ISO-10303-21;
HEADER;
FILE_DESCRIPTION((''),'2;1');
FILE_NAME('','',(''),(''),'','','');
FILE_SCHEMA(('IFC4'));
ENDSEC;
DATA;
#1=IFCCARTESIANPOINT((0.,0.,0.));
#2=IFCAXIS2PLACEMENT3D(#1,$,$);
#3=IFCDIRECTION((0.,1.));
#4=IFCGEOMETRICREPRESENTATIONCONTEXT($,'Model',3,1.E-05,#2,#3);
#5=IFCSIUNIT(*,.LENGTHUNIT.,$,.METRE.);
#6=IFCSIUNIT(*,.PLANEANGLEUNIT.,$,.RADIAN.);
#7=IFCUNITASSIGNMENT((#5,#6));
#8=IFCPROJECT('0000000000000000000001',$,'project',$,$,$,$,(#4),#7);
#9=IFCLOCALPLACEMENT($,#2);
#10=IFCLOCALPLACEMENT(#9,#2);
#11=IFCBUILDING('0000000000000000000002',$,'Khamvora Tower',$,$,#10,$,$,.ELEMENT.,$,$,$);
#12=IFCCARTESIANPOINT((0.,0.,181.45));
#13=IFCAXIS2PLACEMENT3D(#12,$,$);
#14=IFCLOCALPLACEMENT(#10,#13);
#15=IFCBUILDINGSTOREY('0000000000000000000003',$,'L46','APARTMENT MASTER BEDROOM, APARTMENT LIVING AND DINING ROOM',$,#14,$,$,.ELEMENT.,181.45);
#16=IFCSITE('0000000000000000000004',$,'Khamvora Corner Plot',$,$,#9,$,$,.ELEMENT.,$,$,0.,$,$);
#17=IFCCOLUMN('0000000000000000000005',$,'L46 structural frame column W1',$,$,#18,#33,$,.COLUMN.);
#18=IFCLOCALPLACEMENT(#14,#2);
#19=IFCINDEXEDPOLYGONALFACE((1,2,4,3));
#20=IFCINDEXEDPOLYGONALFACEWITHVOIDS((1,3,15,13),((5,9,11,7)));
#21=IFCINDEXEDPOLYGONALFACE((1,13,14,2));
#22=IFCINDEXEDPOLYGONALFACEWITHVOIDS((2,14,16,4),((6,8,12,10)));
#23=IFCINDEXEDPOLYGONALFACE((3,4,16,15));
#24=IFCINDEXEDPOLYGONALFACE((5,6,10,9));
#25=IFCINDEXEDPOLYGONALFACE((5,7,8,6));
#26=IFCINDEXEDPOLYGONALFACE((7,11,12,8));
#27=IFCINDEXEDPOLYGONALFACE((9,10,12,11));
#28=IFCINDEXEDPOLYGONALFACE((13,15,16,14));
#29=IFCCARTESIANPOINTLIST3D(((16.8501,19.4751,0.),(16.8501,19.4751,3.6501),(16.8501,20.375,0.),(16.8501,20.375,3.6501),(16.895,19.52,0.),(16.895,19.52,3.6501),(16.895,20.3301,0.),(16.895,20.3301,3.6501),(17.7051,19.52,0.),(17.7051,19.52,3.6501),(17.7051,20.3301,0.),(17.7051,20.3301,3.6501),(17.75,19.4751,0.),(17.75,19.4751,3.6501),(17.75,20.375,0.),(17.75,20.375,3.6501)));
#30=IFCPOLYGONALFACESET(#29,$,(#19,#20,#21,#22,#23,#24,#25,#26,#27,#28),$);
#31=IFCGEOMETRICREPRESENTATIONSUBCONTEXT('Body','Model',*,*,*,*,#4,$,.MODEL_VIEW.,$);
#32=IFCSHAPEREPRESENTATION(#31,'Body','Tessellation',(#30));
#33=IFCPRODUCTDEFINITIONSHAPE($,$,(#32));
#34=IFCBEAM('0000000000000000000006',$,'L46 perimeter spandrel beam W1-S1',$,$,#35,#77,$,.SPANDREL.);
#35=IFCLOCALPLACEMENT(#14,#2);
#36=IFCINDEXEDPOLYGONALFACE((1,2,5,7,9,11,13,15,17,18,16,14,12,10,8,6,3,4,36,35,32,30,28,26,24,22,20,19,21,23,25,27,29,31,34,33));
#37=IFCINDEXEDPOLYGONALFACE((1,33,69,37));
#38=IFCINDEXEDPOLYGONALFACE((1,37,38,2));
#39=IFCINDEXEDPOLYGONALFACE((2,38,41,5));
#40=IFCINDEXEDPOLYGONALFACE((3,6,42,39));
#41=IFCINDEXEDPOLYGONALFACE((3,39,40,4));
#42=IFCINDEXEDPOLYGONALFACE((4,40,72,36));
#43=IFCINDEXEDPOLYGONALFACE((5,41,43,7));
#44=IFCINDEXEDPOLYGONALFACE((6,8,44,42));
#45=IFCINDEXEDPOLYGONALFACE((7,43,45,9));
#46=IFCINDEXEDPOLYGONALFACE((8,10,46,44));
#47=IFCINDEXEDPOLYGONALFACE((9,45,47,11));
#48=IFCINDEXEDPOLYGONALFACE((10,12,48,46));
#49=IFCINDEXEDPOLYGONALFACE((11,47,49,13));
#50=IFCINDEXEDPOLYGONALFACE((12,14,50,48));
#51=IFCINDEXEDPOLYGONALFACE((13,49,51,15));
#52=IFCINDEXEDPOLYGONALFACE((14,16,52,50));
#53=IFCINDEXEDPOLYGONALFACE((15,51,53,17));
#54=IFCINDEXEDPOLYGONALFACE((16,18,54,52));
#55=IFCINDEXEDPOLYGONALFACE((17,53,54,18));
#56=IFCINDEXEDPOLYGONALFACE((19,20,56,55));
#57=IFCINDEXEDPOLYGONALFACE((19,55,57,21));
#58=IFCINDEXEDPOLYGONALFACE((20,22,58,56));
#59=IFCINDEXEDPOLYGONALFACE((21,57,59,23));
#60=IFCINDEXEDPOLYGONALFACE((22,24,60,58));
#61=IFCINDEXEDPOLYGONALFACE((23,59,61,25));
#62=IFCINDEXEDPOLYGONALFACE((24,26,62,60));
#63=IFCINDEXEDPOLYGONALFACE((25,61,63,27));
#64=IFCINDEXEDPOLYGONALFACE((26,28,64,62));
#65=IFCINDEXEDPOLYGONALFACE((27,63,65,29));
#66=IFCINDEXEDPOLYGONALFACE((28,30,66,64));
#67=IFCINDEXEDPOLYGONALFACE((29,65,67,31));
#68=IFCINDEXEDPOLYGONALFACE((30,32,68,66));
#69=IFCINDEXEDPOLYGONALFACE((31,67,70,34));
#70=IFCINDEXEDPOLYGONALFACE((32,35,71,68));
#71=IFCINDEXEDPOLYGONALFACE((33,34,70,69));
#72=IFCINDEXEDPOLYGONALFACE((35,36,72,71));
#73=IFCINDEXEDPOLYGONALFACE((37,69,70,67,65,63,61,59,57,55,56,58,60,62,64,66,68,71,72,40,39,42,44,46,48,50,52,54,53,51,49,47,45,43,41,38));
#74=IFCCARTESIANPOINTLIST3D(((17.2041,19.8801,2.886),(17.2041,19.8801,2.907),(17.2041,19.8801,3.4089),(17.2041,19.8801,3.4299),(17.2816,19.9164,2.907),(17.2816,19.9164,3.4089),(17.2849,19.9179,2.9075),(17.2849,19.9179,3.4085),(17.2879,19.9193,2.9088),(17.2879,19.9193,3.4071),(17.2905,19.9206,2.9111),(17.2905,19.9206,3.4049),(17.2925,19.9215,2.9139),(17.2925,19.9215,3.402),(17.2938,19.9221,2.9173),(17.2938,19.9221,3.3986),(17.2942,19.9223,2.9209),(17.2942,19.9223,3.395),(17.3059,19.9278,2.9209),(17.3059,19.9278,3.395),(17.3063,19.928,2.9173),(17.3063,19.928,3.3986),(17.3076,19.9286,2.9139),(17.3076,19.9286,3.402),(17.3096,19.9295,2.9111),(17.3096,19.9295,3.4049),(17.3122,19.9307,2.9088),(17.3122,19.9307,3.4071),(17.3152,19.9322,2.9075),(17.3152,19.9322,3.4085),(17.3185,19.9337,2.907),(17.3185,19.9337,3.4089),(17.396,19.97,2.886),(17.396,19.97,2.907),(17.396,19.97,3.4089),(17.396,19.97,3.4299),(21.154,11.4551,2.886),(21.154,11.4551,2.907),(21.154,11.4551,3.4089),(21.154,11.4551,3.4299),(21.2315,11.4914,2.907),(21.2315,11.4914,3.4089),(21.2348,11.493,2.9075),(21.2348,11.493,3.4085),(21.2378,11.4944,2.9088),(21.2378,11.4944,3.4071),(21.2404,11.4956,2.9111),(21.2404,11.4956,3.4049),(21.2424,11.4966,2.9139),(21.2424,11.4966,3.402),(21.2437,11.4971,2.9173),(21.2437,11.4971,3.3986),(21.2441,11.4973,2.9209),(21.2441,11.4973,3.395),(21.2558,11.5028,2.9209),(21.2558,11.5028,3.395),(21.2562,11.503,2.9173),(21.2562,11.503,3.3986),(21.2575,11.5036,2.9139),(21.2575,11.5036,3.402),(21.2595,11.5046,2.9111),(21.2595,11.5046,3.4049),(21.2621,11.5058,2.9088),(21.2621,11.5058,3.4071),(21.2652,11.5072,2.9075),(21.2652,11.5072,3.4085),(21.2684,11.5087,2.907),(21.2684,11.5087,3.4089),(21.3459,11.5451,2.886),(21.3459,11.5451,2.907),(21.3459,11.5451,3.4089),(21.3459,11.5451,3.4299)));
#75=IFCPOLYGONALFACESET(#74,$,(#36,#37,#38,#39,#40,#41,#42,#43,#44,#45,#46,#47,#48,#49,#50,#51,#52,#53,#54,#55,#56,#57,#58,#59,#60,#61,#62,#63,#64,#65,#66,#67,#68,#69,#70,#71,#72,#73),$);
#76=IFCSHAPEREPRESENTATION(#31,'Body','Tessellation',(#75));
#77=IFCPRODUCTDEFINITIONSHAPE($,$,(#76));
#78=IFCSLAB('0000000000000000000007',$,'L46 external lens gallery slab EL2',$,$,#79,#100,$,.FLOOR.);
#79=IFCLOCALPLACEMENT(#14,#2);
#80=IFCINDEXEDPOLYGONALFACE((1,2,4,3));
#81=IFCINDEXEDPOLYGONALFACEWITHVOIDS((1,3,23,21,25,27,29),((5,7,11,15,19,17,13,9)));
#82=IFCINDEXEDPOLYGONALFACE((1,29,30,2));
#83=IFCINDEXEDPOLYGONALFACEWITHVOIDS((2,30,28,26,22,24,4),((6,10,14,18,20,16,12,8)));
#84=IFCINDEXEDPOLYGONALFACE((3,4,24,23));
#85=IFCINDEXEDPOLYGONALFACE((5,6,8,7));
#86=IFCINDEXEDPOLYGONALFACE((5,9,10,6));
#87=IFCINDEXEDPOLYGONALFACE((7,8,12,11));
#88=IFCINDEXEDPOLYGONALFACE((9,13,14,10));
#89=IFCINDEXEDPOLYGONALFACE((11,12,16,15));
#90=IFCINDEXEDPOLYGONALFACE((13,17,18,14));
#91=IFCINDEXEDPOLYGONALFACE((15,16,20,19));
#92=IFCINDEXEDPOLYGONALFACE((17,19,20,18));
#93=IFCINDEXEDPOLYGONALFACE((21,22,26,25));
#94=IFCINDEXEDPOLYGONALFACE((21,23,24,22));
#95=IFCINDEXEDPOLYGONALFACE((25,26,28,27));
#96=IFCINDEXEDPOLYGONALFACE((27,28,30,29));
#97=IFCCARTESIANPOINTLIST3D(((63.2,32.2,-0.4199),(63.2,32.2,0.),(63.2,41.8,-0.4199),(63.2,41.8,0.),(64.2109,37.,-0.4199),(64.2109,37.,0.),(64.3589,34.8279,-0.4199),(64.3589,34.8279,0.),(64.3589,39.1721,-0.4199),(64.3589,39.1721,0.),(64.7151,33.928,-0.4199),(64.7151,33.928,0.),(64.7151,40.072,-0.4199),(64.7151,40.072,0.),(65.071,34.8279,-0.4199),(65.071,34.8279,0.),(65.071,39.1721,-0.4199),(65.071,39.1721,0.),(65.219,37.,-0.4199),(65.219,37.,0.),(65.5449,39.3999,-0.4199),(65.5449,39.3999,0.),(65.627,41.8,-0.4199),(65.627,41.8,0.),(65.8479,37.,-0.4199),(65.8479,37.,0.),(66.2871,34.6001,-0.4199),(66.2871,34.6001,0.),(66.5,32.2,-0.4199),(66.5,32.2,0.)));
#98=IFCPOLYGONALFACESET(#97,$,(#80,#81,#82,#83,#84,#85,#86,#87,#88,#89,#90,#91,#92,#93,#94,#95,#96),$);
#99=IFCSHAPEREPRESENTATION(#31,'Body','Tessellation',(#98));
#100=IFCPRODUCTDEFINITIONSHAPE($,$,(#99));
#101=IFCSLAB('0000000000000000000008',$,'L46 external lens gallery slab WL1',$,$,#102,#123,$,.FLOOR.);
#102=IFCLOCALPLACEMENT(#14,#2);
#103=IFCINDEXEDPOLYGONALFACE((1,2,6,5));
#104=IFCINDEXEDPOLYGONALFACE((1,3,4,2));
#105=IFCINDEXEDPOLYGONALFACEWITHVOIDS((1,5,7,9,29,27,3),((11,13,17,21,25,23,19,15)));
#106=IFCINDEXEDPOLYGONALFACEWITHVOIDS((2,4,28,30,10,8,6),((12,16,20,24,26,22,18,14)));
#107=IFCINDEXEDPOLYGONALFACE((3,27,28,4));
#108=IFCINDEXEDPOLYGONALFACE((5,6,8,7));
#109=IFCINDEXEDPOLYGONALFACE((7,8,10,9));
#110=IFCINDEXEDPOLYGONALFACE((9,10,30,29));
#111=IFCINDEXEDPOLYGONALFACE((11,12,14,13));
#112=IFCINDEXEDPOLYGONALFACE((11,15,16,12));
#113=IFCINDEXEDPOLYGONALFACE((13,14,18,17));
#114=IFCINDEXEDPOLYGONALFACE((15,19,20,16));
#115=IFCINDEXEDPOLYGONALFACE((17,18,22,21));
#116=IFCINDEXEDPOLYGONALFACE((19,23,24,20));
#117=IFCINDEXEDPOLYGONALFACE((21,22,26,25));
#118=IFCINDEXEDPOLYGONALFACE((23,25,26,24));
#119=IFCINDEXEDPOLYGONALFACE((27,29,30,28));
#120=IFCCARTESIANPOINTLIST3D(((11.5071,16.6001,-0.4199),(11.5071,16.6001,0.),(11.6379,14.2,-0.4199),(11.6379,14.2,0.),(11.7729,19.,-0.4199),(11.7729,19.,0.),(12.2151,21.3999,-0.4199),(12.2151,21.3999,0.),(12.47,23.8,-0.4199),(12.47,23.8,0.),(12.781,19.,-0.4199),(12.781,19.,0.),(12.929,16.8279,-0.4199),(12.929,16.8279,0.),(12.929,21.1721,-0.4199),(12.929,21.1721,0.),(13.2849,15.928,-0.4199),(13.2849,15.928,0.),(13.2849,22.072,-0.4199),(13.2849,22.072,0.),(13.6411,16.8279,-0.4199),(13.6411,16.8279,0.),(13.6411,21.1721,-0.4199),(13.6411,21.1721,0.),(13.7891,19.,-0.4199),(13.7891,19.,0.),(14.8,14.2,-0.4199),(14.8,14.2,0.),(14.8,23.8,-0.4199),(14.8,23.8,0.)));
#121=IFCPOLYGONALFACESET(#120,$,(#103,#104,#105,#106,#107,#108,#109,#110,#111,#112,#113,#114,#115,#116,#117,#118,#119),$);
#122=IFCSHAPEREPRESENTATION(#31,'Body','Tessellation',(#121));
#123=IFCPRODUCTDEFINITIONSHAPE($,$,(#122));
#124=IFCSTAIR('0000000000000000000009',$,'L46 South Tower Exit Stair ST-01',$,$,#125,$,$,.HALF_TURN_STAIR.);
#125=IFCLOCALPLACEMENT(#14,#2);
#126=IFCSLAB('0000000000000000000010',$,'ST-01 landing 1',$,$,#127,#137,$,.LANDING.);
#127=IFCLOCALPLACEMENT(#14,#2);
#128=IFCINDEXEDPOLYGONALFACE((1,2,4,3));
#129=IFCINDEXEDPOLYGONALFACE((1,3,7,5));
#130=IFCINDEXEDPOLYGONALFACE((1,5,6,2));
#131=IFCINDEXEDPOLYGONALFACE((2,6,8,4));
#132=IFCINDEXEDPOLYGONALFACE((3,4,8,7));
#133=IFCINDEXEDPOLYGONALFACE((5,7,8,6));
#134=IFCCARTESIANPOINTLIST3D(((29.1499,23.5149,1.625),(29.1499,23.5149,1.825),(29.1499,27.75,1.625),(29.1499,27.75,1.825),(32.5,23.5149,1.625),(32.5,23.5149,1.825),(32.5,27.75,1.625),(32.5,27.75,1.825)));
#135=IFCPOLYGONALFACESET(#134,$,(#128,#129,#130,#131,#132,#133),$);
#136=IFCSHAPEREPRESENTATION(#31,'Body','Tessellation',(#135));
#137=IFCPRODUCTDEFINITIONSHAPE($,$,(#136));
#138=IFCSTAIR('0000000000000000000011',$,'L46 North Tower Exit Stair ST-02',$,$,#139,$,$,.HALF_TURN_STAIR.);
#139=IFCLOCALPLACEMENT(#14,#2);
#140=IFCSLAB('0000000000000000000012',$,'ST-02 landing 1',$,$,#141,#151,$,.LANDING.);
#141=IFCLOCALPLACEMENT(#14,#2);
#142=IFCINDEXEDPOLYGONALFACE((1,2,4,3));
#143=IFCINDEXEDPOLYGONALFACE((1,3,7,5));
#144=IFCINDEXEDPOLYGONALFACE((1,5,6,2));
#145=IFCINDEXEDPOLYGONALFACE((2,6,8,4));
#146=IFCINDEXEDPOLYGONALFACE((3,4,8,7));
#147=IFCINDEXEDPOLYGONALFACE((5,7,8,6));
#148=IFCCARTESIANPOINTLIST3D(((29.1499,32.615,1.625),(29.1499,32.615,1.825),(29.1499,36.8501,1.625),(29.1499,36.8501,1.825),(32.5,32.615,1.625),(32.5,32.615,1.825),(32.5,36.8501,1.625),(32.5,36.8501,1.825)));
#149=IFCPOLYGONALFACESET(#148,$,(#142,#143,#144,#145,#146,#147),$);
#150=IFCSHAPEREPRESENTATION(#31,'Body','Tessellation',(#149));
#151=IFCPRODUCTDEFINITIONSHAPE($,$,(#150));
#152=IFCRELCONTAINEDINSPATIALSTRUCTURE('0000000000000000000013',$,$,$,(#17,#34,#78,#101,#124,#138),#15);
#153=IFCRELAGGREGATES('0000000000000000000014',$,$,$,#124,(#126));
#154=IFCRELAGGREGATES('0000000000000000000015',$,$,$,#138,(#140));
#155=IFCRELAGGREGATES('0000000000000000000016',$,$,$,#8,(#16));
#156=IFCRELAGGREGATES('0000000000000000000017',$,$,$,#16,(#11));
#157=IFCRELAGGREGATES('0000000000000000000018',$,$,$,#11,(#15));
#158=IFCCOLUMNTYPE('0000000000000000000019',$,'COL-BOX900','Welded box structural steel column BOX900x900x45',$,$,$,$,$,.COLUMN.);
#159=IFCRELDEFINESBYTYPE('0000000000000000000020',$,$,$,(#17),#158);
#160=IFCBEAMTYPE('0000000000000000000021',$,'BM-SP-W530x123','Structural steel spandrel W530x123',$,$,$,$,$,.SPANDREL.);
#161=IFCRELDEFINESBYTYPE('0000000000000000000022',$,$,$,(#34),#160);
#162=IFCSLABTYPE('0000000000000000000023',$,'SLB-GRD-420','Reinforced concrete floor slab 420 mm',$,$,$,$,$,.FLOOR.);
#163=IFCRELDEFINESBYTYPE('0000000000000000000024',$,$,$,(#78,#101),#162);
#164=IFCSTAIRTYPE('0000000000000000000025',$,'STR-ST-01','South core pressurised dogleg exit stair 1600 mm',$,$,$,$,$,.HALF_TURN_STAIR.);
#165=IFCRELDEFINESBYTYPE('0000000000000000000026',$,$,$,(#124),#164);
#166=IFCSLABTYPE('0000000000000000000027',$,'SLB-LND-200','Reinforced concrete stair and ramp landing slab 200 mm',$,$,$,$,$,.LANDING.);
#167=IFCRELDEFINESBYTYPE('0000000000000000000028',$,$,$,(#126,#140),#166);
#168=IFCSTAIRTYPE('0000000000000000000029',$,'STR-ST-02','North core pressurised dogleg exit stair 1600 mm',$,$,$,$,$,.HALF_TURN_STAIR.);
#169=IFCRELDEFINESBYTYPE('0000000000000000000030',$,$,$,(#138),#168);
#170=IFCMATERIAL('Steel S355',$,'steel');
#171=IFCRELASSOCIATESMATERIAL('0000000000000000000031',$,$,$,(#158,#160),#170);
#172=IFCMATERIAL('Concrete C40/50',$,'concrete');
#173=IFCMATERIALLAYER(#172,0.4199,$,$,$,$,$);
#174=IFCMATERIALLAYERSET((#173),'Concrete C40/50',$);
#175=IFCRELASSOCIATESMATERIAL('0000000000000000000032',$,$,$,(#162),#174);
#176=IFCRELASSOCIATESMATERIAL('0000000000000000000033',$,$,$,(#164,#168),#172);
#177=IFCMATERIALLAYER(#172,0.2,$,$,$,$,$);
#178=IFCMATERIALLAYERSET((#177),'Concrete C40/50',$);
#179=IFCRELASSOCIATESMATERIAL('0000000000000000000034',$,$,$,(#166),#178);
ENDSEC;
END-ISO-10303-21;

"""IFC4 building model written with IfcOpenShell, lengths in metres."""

from ifc_helpers import new_model, si_unit, direction, frame, origin, origin_2d, place, context, subcontext, project, spatial, polyline, hollow_rectangle, i_section, outline, extrude, material, layer, layer_set, material_profile, profile_set, type_object, element, aggregate, save


model = new_model("IFC4")

# Units and contexts
model_context = context("Model", 3, precision=1e-05, world=origin(), true_north=direction((0.0, 1.0)))
body_context = subcontext(model_context, "Body", "Model", "MODEL_VIEW")
ifc_project = project(units=[si_unit("LENGTHUNIT", "METRE"), si_unit("PLANEANGLEUNIT", "RADIAN")], contexts=[model_context])

# Site, building, storey
site_placement = place(None, origin())
site = spatial("IfcSite", under=ifc_project, at=site_placement, Name="Khamvora Corner Plot", CompositionType="ELEMENT", RefElevation=0.0)
building_placement = place(site_placement, origin())
building = spatial("IfcBuilding", under=site, at=building_placement, Name="Khamvora Tower", CompositionType="ELEMENT")
storey_placement = place(building_placement, frame((0.0, 0.0, 181.45)))
storey = spatial("IfcBuildingStorey", under=building, at=storey_placement, Name="L46", Description="APARTMENT MASTER BEDROOM, APARTMENT LIVING AND DINING ROOM", CompositionType="ELEMENT", Elevation=181.45)

# Column
ifc_material_1 = material(Name="Steel S355", Category="steel")
ifc_material_profile_1 = material_profile(ifc_material_1, hollow_rectangle(XDim=0.8999, YDim=0.8999, WallThickness=0.0449, at=origin_2d()), Name="BOX900x900x45")
ifc_profile_set_1 = profile_set([ifc_material_profile_1], Name="Steel S355")
column_type = type_object("IfcColumnType", Name="COL-BOX900", Description="Welded box structural steel column BOX900x900x45", PredefinedType="COLUMN", material=ifc_profile_set_1)
column_placement = place(storey_placement, frame((17.3, 19.925, 0.0), z_axis=(0.0, 0.0, 1.0), x_axis=(1.0, 0.0, 0.0)))
element("IfcColumn", 1, at=column_placement, inside=storey, type_object=column_type, Name="L46 structural frame column W1", PredefinedType="COLUMN", context=body_context, shape_type="SweptSolid", body=[
    extrude(hollow_rectangle(XDim=0.8999, YDim=0.8999, WallThickness=0.0449, at=origin_2d()), origin(), (0.0, 0.0, 1.0), 3.6501),
])

# Beam
ifc_material_profile_2 = material_profile(ifc_material_1, i_section(OverallWidth=0.2119, OverallDepth=0.5439, WebThickness=0.0129, FlangeThickness=0.021, FilletRadius=0.0139, at=origin_2d()), Name="W530x123")
ifc_profile_set_2 = profile_set([ifc_material_profile_2], Name="Steel S355")
beam_type = type_object("IfcBeamType", Name="BM-SP-W530x123", Description="Structural steel spandrel W530x123", PredefinedType="SPANDREL", material=ifc_profile_set_2)
beam_placement = place(storey_placement, frame((17.3, 19.925, 3.158), z_axis=(0.424496, -0.90543, 0.0), x_axis=(0.90543, 0.424496, 0.0)))
element("IfcBeam", 2, at=beam_placement, inside=storey, type_object=beam_type, Name="L46 perimeter spandrel beam W1-S1", PredefinedType="SPANDREL", context=body_context, shape_type="SweptSolid", body=[
    extrude(i_section(OverallWidth=0.2119, OverallDepth=0.5439, WebThickness=0.0129, FlangeThickness=0.021, FilletRadius=0.0139, at=origin_2d()), origin(), (0.0, 0.0, 1.0), 9.3049),
])

# Slabs
ifc_material_2 = material(Name="Concrete C40/50", Category="concrete")
ifc_layer_1 = layer(ifc_material_2, 0.4199)
ifc_layer_set_1 = layer_set([ifc_layer_1], Name="Concrete C40/50")
slab_type_1 = type_object("IfcSlabType", Name="SLB-GRD-420", Description="Reinforced concrete floor slab 420 mm", PredefinedType="FLOOR", material=ifc_layer_set_1)
slab_1_placement = place(storey_placement, frame((0.0, 0.0, -0.4199)))
element("IfcSlab", 3, at=slab_1_placement, inside=storey, type_object=slab_type_1, Name="L46 external lens gallery slab EL2", PredefinedType="FLOOR", context=body_context, shape_type="SweptSolid", body=[
    extrude(outline(polyline([(66.5, 32.2), (66.2871, 34.6001), (65.8479, 37.0), (65.5449, 39.3999), (65.627, 41.8), (63.2, 41.8), (63.2, 32.2), (66.5, 32.2)]), holes=[polyline([(65.219, 37.0), (65.071, 39.1721), (64.7151, 40.072), (64.3589, 39.1721), (64.2109, 37.0), (64.3589, 34.8279), (64.7151, 33.928), (65.071, 34.8279), (65.219, 37.0)])]), origin(), (0.0, 0.0, 1.0), 0.4199),
])
slab_2_placement = place(storey_placement, frame((0.0, 0.0, -0.4199)))
element("IfcSlab", 4, at=slab_2_placement, inside=storey, type_object=slab_type_1, Name="L46 external lens gallery slab WL1", PredefinedType="FLOOR", context=body_context, shape_type="SweptSolid", body=[
    extrude(outline(polyline([(14.8, 14.2), (14.8, 23.8), (12.47, 23.8), (12.2151, 21.3999), (11.7729, 19.0), (11.5071, 16.6001), (11.6379, 14.2), (14.8, 14.2)]), holes=[polyline([(13.7891, 19.0), (13.6411, 21.1721), (13.2849, 22.072), (12.929, 21.1721), (12.781, 19.0), (12.929, 16.8279), (13.2849, 15.928), (13.6411, 16.8279), (13.7891, 19.0)])]), origin(), (0.0, 0.0, 1.0), 0.4199),
])

# Stairs, slabs
stair_type_1 = type_object("IfcStairType", Name="STR-ST-01", Description="South core pressurised dogleg exit stair 1600 mm", PredefinedType="HALF_TURN_STAIR", material=ifc_material_2)
stair_1_placement = place(storey_placement, origin())
stair_1 = element("IfcStair", 5, at=stair_1_placement, inside=storey, type_object=stair_type_1, Name="L46 South Tower Exit Stair ST-01", PredefinedType="HALF_TURN_STAIR")
ifc_layer_2 = layer(ifc_material_2, 0.2)
ifc_layer_set_2 = layer_set([ifc_layer_2], Name="Concrete C40/50")
slab_type_2 = type_object("IfcSlabType", Name="SLB-LND-200", Description="Reinforced concrete stair and ramp landing slab 200 mm", PredefinedType="LANDING", material=ifc_layer_set_2)
slab_3_placement = place(storey_placement, frame((0.0, 0.0, 1.625)))
slab_3 = element("IfcSlab", 6, at=slab_3_placement, type_object=slab_type_2, Name="ST-01 landing 1", PredefinedType="LANDING", context=body_context, shape_type="SweptSolid", body=[
    extrude(outline(polyline([(32.5, 23.5149), (32.5, 27.75), (29.1499, 27.75), (29.1499, 23.5149), (32.5, 23.5149)])), origin(), (0.0, 0.0, 1.0), 0.2),
])
aggregate(stair_1, [slab_3])
stair_type_2 = type_object("IfcStairType", Name="STR-ST-02", Description="North core pressurised dogleg exit stair 1600 mm", PredefinedType="HALF_TURN_STAIR", material=ifc_material_2)
stair_2_placement = place(storey_placement, origin())
stair_2 = element("IfcStair", 7, at=stair_2_placement, inside=storey, type_object=stair_type_2, Name="L46 North Tower Exit Stair ST-02", PredefinedType="HALF_TURN_STAIR")
slab_4_placement = place(storey_placement, frame((0.0, 0.0, 1.625)))
slab_4 = element("IfcSlab", 8, at=slab_4_placement, type_object=slab_type_2, Name="ST-02 landing 1", PredefinedType="LANDING", context=body_context, shape_type="SweptSolid", body=[
    extrude(outline(polyline([(32.5, 32.615), (32.5, 36.8501), (29.1499, 36.8501), (29.1499, 32.615), (32.5, 32.615)])), origin(), (0.0, 0.0, 1.0), 0.2),
])
aggregate(stair_2, [slab_4])

save(model, "model.ifc")
